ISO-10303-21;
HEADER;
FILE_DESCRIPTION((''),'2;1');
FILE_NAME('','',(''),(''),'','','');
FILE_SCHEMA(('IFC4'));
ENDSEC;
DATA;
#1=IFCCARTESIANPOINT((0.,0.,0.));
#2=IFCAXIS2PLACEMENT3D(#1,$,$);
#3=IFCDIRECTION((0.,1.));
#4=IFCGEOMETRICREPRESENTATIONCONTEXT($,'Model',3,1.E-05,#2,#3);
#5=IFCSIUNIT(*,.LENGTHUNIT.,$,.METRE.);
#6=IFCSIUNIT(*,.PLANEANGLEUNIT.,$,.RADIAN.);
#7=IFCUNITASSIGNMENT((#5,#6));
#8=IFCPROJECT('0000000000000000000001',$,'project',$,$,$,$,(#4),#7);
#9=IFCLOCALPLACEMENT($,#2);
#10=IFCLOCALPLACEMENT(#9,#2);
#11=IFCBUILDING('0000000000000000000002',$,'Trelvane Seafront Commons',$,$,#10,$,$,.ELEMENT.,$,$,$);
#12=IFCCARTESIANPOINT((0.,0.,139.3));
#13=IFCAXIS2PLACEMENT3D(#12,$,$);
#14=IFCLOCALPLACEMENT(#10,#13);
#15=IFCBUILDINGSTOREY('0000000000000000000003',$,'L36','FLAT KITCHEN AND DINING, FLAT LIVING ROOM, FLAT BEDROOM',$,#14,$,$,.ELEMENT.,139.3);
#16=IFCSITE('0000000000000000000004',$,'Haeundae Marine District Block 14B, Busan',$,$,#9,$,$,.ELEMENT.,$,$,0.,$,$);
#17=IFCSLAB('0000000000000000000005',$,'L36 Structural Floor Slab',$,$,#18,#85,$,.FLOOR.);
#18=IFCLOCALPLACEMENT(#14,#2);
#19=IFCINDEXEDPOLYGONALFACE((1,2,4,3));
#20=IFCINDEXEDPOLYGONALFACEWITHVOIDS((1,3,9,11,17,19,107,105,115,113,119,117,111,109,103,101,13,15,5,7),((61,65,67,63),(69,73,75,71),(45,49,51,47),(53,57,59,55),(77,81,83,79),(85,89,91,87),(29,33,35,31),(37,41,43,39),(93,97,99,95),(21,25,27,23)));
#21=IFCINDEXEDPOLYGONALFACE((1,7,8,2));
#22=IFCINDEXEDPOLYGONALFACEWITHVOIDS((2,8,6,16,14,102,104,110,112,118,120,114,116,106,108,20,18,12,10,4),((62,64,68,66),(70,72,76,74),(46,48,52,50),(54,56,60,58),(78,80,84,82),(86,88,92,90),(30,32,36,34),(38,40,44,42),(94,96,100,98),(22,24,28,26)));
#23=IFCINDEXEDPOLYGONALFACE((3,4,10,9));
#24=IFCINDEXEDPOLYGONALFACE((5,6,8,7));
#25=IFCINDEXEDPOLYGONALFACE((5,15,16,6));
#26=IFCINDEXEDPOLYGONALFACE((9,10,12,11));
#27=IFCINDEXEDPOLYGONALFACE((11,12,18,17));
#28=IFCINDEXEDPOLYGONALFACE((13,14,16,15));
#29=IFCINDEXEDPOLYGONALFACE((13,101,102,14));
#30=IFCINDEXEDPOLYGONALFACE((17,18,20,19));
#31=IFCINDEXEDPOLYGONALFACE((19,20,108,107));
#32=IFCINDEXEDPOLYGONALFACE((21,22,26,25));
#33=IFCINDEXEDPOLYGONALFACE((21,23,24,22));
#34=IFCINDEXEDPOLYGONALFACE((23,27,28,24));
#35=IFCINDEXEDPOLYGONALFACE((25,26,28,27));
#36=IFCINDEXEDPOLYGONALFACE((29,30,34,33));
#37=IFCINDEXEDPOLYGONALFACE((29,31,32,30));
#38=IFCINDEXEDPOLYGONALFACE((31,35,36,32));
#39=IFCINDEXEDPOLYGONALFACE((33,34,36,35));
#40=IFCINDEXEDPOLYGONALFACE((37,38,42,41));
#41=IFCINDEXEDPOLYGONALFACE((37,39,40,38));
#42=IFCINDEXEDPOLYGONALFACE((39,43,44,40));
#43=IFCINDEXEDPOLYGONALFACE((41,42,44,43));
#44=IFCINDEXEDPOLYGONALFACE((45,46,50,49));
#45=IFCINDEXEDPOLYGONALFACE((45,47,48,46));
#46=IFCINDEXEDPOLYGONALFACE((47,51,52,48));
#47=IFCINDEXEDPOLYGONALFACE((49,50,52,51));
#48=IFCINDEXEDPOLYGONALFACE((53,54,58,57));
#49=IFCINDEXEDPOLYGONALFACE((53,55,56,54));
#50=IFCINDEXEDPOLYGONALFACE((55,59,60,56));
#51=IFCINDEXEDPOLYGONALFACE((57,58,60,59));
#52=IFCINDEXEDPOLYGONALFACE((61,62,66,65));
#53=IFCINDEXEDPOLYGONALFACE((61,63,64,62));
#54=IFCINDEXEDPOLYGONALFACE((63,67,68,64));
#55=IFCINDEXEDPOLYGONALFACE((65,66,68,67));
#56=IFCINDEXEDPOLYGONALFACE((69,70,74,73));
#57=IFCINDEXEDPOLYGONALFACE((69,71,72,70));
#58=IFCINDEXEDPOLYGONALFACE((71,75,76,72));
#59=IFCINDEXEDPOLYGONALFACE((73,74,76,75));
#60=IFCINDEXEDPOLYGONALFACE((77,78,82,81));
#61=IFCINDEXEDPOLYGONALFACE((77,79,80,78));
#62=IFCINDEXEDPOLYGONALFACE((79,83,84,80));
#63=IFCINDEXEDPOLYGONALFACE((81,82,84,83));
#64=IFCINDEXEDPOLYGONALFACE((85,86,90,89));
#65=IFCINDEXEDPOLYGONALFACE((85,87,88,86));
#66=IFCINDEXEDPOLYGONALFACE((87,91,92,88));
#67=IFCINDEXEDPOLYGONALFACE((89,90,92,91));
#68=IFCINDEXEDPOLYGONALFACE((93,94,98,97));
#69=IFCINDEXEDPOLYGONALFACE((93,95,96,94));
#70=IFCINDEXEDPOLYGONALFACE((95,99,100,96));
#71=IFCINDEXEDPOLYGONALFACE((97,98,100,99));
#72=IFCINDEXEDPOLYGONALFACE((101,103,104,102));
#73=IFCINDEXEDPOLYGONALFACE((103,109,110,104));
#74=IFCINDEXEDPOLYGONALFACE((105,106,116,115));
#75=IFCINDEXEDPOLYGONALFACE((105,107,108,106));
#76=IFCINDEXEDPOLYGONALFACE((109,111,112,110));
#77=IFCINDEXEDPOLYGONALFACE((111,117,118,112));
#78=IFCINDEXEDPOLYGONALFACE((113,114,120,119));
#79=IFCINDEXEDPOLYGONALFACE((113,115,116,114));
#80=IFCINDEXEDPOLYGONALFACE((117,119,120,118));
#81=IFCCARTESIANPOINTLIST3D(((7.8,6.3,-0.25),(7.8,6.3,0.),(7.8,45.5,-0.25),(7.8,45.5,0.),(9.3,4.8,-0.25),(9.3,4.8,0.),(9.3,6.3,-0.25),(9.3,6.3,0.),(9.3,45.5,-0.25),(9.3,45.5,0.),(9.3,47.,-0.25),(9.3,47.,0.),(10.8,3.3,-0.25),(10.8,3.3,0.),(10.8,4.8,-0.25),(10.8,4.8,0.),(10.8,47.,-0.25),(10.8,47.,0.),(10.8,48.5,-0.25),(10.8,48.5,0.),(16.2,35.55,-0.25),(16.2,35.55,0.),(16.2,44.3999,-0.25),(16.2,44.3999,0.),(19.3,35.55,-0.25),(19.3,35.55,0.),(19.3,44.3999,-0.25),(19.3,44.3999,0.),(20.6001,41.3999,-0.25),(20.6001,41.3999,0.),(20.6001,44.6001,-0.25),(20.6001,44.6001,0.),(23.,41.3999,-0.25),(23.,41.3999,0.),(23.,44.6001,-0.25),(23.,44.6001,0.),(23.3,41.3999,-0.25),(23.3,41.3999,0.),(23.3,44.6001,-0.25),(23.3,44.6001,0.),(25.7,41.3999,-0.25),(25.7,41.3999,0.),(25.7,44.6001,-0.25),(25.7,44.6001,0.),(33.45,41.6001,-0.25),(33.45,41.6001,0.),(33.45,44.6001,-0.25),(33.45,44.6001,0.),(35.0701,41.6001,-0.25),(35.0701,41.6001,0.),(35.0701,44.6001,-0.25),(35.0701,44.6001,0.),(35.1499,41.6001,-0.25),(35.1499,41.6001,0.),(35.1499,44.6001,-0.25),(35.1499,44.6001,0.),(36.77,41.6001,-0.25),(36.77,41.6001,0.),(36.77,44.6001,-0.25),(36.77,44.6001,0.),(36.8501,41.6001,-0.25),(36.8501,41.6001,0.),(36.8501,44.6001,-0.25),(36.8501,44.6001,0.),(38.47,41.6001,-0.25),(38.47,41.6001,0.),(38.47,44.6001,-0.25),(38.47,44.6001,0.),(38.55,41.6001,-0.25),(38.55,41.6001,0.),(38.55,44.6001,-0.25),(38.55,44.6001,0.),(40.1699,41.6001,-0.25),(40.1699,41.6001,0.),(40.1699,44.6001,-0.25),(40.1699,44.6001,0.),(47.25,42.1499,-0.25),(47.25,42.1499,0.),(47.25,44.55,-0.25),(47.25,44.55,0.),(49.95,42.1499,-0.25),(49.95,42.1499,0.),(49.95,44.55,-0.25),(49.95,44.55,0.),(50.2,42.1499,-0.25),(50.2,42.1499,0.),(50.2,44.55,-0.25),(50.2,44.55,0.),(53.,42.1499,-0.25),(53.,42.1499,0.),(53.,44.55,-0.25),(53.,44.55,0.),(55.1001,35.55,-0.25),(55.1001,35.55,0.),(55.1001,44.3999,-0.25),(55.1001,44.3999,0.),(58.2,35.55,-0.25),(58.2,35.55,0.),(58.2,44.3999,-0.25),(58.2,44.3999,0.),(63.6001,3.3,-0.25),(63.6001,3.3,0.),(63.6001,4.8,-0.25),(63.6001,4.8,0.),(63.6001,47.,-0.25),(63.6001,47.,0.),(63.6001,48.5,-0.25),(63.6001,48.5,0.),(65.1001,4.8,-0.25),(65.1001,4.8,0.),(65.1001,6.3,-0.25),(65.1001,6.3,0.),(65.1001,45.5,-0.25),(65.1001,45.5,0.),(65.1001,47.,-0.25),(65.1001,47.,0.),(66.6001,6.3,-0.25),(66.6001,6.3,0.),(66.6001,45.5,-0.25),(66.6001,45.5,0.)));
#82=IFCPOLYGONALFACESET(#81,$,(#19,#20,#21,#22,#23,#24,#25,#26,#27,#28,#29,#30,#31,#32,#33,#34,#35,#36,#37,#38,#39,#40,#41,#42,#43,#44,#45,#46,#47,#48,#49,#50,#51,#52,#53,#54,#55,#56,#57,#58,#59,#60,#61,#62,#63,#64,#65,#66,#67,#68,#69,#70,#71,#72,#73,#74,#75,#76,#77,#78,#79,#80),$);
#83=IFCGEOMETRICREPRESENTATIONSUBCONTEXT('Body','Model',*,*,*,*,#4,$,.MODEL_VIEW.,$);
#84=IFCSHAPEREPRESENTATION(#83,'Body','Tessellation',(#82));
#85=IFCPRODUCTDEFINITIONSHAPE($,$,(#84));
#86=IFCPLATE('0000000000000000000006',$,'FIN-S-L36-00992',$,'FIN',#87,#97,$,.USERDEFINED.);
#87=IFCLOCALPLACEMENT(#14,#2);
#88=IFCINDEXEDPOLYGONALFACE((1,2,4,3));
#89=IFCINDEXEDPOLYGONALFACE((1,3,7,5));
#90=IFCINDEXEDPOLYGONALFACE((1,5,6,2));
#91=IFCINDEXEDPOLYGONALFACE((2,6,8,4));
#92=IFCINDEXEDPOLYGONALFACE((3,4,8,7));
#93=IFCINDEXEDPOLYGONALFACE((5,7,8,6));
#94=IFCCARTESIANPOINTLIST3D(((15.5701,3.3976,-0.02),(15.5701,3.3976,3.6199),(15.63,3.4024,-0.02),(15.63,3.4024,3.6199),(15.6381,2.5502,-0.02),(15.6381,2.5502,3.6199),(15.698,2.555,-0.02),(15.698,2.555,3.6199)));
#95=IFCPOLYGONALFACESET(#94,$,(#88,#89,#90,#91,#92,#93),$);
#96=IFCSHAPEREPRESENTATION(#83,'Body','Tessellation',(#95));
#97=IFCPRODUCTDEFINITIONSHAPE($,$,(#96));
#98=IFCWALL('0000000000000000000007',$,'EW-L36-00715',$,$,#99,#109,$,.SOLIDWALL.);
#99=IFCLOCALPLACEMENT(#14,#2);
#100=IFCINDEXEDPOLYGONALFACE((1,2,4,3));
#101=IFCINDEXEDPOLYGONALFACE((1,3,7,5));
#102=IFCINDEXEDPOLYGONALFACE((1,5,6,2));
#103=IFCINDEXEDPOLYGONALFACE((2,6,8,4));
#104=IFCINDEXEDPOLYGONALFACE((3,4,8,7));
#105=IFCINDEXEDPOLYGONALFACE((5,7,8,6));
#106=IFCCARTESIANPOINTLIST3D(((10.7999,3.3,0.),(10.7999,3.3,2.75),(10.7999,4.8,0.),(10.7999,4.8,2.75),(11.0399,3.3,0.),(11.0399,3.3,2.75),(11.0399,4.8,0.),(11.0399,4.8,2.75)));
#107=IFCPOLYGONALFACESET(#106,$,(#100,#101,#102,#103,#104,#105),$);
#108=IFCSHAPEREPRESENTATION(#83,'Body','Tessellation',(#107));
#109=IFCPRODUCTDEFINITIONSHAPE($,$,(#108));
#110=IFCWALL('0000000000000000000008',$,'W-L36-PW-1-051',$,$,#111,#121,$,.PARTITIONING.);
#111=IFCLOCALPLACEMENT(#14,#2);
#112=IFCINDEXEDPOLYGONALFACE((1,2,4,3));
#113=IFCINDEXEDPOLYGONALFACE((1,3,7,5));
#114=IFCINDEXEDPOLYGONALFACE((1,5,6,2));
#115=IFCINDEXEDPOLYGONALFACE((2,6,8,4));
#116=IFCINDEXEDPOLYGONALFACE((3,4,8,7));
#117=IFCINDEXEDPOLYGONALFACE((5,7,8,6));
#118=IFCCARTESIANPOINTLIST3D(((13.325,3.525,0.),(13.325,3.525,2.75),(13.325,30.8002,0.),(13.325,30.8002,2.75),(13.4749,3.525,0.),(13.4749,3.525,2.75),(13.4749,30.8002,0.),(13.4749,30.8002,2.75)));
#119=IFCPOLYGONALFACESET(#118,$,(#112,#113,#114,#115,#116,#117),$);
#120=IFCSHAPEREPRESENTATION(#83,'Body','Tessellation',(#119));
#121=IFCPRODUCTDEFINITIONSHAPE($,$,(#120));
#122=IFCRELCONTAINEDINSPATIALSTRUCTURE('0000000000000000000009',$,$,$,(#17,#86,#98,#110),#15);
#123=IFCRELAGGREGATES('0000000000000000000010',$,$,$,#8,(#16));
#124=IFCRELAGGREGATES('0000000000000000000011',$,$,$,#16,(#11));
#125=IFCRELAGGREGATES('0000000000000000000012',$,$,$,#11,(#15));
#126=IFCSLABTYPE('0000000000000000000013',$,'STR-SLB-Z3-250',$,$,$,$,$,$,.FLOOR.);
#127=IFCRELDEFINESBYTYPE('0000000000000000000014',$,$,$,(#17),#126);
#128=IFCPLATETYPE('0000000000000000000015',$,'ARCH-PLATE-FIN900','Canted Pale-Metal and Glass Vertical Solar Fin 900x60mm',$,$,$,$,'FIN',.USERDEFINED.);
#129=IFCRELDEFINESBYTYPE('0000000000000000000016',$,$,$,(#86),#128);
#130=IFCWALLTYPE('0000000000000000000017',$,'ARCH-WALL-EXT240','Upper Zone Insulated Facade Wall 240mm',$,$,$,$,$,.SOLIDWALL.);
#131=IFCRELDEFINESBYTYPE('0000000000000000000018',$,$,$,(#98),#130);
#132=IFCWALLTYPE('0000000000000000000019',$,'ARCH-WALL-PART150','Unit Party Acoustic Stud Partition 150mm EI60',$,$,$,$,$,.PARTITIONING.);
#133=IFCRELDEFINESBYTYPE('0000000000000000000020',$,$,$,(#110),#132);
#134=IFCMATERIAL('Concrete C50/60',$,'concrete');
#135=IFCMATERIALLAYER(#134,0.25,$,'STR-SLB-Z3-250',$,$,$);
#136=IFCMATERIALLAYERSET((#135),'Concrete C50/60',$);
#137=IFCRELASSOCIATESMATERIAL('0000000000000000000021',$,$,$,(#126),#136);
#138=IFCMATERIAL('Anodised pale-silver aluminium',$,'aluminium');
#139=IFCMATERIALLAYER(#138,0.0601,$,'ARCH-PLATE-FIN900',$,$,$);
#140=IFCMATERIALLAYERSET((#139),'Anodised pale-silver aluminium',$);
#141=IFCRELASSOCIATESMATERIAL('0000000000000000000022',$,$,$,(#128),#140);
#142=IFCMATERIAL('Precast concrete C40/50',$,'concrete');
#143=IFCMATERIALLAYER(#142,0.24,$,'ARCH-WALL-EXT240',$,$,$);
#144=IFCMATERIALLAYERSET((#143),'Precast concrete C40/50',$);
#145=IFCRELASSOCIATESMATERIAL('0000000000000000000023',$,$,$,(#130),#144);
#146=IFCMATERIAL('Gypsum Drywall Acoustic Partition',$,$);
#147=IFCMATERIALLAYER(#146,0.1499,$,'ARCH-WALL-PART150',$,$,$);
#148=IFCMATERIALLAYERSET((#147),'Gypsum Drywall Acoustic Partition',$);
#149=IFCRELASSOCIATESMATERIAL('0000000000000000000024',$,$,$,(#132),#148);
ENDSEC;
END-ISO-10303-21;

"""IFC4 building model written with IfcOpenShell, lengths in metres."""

from ifc_helpers import new_model, si_unit, direction, frame, frame_2d, origin, origin_2d, place, context, subcontext, project, spatial, polyline, rectangle, outline, extrude, source, transform, mapped, material, layer, layer_set, type_object, element, save


model = new_model("IFC4")

# Units and contexts
model_context = context("Model", 3, precision=1e-05, world=origin(), true_north=direction((0.0, 1.0)))
body_context = subcontext(model_context, "Body", "Model", "MODEL_VIEW")
ifc_project = project(units=[si_unit("LENGTHUNIT", "METRE"), si_unit("PLANEANGLEUNIT", "RADIAN")], contexts=[model_context])

# Site, building, storey
site_placement = place(None, origin())
site = spatial("IfcSite", under=ifc_project, at=site_placement, Name="Haeundae Marine District Block 14B, Busan", CompositionType="ELEMENT", RefElevation=0.0)
building_placement = place(site_placement, origin())
building = spatial("IfcBuilding", under=site, at=building_placement, Name="Trelvane Seafront Commons", CompositionType="ELEMENT")
storey_placement = place(building_placement, frame((0.0, 0.0, 139.3)))
storey = spatial("IfcBuildingStorey", under=building, at=storey_placement, Name="L36", Description="FLAT KITCHEN AND DINING, FLAT LIVING ROOM, FLAT BEDROOM", CompositionType="ELEMENT", Elevation=139.3)

# Slab
ifc_material_1 = material(Name="Concrete C50/60", Category="concrete")
ifc_layer_1 = layer(ifc_material_1, 0.25, Name="STR-SLB-Z3-250")
ifc_layer_set_1 = layer_set([ifc_layer_1], Name="Concrete C50/60")
slab_type_1 = type_object("IfcSlabType", Name="STR-SLB-Z3-250", PredefinedType="FLOOR", material=ifc_layer_set_1)
slab_1_placement = place(storey_placement, frame((0.0, 0.0, -0.25)))
element("IfcSlab", 1, at=slab_1_placement, inside=storey, type_object=slab_type_1, Name="L36 Structural Floor Slab", PredefinedType="FLOOR", context=body_context, shape_type="SweptSolid", body=[
    extrude(outline(polyline([(10.8, 3.3), (63.6001, 3.3), (63.6001, 4.8), (65.1001, 4.8), (65.1001, 6.3), (66.6001, 6.3), (66.6001, 45.5), (65.1001, 45.5), (65.1001, 47.0), (63.6001, 47.0), (63.6001, 48.5), (10.8, 48.5), (10.8, 47.0), (9.3, 47.0), (9.3, 45.5), (7.8, 45.5), (7.8, 6.3), (9.3, 6.3), (9.3, 4.8), (10.8, 4.8), (10.8, 3.3)]), holes=[polyline([(19.3, 35.55), (16.2, 35.55), (16.2, 44.3999), (19.3, 44.3999), (19.3, 35.55)]), polyline([(58.2, 35.55), (55.1001, 35.55), (55.1001, 44.3999), (58.2, 44.3999), (58.2, 35.55)]), polyline([(23.0, 41.3999), (20.6001, 41.3999), (20.6001, 44.6001), (23.0, 44.6001), (23.0, 41.3999)]), polyline([(23.3, 41.3999), (23.3, 44.6001), (25.7, 44.6001), (25.7, 41.3999), (23.3, 41.3999)]), polyline([(33.45, 41.6001), (33.45, 44.6001), (35.0701, 44.6001), (35.0701, 41.6001), (33.45, 41.6001)]), polyline([(36.77, 41.6001), (35.1499, 41.6001), (35.1499, 44.6001), (36.77, 44.6001), (36.77, 41.6001)]), polyline([(38.47, 41.6001), (36.8501, 41.6001), (36.8501, 44.6001), (38.47, 44.6001), (38.47, 41.6001)]), polyline([(40.1699, 41.6001), (38.55, 41.6001), (38.55, 44.6001), (40.1699, 44.6001), (40.1699, 41.6001)]), polyline([(47.25, 42.1499), (47.25, 44.55), (49.95, 44.55), (49.95, 42.1499), (47.25, 42.1499)]), polyline([(50.2, 42.1499), (50.2, 44.55), (53.0, 44.55), (53.0, 42.1499), (50.2, 42.1499)])]), origin(), (0.0, 0.0, 1.0), 0.25),
])

# Plate
ifc_material_2 = material(Name="Anodised pale-silver aluminium", Category="aluminium")
ifc_layer_2 = layer(ifc_material_2, 0.0601, Name="ARCH-PLATE-FIN900")
ifc_layer_set_2 = layer_set([ifc_layer_2], Name="Anodised pale-silver aluminium")
plate_type = type_object("IfcPlateType", Name="ARCH-PLATE-FIN900", Description="Canted Pale-Metal and Glass Vertical Solar Fin 900x60mm", ElementType="FIN", PredefinedType="USERDEFINED", material=ifc_layer_set_2)
shared_shape_1 = source(origin(), body_context, "Body", "SweptSolid", [
    extrude(rectangle(XDim=0.8501, YDim=0.0601, at=origin_2d()), origin(), (0.0, 0.0, 1.0), 3.6399),
])
plate_placement = place(storey_placement, frame((15.634, 2.9763, -0.02), z_axis=(0.0, 0.0, 1.0), x_axis=(0.079997, -0.996795, 0.0)))
element("IfcPlate", 2, at=plate_placement, inside=storey, type_object=plate_type, Name="FIN-S-L36-00992", ObjectType="FIN", PredefinedType="USERDEFINED", context=body_context, shape_type="MappedRepresentation", body=[
    mapped(shared_shape_1, transform((0.0, 0.0, 0.0), x_axis=(1.0, 0.0, 0.0), y_axis=(0.0, 1.0, 0.0), z_axis=(0.0, 0.0, 1.0), scale=1.0)),
])

# Walls
ifc_material_3 = material(Name="Precast concrete C40/50", Category="concrete")
ifc_layer_3 = layer(ifc_material_3, 0.24, Name="ARCH-WALL-EXT240")
ifc_layer_set_3 = layer_set([ifc_layer_3], Name="Precast concrete C40/50")
wall_type_1 = type_object("IfcWallType", Name="ARCH-WALL-EXT240", Description="Upper Zone Insulated Facade Wall 240mm", PredefinedType="SOLIDWALL", material=ifc_layer_set_3)
wall_1_placement = place(storey_placement, frame((10.9199, 3.3, 0.0), z_axis=(0.0, 0.0, 1.0), x_axis=(0.0, 1.0, 0.0)))
element("IfcWall", 3, at=wall_1_placement, inside=storey, type_object=wall_type_1, Name="EW-L36-00715", PredefinedType="SOLIDWALL", context=body_context, shape_type="SweptSolid", body=[
    extrude(rectangle(XDim=1.5, YDim=0.24, at=frame_2d((0.75, 0.0))), origin(), (0.0, 0.0, 1.0), 2.75),
])
ifc_material_4 = material(Name="Gypsum Drywall Acoustic Partition")
ifc_layer_4 = layer(ifc_material_4, 0.1499, Name="ARCH-WALL-PART150")
ifc_layer_set_4 = layer_set([ifc_layer_4], Name="Gypsum Drywall Acoustic Partition")
wall_type_2 = type_object("IfcWallType", Name="ARCH-WALL-PART150", Description="Unit Party Acoustic Stud Partition 150mm EI60", PredefinedType="PARTITIONING", material=ifc_layer_set_4)
wall_2_placement = place(storey_placement, frame((13.3999, 3.5249, 0.0), z_axis=(0.0, 0.0, 1.0), x_axis=(0.0, 1.0, 0.0)))
element("IfcWall", 4, at=wall_2_placement, inside=storey, type_object=wall_type_2, Name="W-L36-PW-1-051", PredefinedType="PARTITIONING", context=body_context, shape_type="SweptSolid", body=[
    extrude(rectangle(XDim=27.2751, YDim=0.1499, at=frame_2d((13.6377, 0.0))), origin(), (0.0, 0.0, 1.0), 2.75),
])

save(model, "model.ifc")
